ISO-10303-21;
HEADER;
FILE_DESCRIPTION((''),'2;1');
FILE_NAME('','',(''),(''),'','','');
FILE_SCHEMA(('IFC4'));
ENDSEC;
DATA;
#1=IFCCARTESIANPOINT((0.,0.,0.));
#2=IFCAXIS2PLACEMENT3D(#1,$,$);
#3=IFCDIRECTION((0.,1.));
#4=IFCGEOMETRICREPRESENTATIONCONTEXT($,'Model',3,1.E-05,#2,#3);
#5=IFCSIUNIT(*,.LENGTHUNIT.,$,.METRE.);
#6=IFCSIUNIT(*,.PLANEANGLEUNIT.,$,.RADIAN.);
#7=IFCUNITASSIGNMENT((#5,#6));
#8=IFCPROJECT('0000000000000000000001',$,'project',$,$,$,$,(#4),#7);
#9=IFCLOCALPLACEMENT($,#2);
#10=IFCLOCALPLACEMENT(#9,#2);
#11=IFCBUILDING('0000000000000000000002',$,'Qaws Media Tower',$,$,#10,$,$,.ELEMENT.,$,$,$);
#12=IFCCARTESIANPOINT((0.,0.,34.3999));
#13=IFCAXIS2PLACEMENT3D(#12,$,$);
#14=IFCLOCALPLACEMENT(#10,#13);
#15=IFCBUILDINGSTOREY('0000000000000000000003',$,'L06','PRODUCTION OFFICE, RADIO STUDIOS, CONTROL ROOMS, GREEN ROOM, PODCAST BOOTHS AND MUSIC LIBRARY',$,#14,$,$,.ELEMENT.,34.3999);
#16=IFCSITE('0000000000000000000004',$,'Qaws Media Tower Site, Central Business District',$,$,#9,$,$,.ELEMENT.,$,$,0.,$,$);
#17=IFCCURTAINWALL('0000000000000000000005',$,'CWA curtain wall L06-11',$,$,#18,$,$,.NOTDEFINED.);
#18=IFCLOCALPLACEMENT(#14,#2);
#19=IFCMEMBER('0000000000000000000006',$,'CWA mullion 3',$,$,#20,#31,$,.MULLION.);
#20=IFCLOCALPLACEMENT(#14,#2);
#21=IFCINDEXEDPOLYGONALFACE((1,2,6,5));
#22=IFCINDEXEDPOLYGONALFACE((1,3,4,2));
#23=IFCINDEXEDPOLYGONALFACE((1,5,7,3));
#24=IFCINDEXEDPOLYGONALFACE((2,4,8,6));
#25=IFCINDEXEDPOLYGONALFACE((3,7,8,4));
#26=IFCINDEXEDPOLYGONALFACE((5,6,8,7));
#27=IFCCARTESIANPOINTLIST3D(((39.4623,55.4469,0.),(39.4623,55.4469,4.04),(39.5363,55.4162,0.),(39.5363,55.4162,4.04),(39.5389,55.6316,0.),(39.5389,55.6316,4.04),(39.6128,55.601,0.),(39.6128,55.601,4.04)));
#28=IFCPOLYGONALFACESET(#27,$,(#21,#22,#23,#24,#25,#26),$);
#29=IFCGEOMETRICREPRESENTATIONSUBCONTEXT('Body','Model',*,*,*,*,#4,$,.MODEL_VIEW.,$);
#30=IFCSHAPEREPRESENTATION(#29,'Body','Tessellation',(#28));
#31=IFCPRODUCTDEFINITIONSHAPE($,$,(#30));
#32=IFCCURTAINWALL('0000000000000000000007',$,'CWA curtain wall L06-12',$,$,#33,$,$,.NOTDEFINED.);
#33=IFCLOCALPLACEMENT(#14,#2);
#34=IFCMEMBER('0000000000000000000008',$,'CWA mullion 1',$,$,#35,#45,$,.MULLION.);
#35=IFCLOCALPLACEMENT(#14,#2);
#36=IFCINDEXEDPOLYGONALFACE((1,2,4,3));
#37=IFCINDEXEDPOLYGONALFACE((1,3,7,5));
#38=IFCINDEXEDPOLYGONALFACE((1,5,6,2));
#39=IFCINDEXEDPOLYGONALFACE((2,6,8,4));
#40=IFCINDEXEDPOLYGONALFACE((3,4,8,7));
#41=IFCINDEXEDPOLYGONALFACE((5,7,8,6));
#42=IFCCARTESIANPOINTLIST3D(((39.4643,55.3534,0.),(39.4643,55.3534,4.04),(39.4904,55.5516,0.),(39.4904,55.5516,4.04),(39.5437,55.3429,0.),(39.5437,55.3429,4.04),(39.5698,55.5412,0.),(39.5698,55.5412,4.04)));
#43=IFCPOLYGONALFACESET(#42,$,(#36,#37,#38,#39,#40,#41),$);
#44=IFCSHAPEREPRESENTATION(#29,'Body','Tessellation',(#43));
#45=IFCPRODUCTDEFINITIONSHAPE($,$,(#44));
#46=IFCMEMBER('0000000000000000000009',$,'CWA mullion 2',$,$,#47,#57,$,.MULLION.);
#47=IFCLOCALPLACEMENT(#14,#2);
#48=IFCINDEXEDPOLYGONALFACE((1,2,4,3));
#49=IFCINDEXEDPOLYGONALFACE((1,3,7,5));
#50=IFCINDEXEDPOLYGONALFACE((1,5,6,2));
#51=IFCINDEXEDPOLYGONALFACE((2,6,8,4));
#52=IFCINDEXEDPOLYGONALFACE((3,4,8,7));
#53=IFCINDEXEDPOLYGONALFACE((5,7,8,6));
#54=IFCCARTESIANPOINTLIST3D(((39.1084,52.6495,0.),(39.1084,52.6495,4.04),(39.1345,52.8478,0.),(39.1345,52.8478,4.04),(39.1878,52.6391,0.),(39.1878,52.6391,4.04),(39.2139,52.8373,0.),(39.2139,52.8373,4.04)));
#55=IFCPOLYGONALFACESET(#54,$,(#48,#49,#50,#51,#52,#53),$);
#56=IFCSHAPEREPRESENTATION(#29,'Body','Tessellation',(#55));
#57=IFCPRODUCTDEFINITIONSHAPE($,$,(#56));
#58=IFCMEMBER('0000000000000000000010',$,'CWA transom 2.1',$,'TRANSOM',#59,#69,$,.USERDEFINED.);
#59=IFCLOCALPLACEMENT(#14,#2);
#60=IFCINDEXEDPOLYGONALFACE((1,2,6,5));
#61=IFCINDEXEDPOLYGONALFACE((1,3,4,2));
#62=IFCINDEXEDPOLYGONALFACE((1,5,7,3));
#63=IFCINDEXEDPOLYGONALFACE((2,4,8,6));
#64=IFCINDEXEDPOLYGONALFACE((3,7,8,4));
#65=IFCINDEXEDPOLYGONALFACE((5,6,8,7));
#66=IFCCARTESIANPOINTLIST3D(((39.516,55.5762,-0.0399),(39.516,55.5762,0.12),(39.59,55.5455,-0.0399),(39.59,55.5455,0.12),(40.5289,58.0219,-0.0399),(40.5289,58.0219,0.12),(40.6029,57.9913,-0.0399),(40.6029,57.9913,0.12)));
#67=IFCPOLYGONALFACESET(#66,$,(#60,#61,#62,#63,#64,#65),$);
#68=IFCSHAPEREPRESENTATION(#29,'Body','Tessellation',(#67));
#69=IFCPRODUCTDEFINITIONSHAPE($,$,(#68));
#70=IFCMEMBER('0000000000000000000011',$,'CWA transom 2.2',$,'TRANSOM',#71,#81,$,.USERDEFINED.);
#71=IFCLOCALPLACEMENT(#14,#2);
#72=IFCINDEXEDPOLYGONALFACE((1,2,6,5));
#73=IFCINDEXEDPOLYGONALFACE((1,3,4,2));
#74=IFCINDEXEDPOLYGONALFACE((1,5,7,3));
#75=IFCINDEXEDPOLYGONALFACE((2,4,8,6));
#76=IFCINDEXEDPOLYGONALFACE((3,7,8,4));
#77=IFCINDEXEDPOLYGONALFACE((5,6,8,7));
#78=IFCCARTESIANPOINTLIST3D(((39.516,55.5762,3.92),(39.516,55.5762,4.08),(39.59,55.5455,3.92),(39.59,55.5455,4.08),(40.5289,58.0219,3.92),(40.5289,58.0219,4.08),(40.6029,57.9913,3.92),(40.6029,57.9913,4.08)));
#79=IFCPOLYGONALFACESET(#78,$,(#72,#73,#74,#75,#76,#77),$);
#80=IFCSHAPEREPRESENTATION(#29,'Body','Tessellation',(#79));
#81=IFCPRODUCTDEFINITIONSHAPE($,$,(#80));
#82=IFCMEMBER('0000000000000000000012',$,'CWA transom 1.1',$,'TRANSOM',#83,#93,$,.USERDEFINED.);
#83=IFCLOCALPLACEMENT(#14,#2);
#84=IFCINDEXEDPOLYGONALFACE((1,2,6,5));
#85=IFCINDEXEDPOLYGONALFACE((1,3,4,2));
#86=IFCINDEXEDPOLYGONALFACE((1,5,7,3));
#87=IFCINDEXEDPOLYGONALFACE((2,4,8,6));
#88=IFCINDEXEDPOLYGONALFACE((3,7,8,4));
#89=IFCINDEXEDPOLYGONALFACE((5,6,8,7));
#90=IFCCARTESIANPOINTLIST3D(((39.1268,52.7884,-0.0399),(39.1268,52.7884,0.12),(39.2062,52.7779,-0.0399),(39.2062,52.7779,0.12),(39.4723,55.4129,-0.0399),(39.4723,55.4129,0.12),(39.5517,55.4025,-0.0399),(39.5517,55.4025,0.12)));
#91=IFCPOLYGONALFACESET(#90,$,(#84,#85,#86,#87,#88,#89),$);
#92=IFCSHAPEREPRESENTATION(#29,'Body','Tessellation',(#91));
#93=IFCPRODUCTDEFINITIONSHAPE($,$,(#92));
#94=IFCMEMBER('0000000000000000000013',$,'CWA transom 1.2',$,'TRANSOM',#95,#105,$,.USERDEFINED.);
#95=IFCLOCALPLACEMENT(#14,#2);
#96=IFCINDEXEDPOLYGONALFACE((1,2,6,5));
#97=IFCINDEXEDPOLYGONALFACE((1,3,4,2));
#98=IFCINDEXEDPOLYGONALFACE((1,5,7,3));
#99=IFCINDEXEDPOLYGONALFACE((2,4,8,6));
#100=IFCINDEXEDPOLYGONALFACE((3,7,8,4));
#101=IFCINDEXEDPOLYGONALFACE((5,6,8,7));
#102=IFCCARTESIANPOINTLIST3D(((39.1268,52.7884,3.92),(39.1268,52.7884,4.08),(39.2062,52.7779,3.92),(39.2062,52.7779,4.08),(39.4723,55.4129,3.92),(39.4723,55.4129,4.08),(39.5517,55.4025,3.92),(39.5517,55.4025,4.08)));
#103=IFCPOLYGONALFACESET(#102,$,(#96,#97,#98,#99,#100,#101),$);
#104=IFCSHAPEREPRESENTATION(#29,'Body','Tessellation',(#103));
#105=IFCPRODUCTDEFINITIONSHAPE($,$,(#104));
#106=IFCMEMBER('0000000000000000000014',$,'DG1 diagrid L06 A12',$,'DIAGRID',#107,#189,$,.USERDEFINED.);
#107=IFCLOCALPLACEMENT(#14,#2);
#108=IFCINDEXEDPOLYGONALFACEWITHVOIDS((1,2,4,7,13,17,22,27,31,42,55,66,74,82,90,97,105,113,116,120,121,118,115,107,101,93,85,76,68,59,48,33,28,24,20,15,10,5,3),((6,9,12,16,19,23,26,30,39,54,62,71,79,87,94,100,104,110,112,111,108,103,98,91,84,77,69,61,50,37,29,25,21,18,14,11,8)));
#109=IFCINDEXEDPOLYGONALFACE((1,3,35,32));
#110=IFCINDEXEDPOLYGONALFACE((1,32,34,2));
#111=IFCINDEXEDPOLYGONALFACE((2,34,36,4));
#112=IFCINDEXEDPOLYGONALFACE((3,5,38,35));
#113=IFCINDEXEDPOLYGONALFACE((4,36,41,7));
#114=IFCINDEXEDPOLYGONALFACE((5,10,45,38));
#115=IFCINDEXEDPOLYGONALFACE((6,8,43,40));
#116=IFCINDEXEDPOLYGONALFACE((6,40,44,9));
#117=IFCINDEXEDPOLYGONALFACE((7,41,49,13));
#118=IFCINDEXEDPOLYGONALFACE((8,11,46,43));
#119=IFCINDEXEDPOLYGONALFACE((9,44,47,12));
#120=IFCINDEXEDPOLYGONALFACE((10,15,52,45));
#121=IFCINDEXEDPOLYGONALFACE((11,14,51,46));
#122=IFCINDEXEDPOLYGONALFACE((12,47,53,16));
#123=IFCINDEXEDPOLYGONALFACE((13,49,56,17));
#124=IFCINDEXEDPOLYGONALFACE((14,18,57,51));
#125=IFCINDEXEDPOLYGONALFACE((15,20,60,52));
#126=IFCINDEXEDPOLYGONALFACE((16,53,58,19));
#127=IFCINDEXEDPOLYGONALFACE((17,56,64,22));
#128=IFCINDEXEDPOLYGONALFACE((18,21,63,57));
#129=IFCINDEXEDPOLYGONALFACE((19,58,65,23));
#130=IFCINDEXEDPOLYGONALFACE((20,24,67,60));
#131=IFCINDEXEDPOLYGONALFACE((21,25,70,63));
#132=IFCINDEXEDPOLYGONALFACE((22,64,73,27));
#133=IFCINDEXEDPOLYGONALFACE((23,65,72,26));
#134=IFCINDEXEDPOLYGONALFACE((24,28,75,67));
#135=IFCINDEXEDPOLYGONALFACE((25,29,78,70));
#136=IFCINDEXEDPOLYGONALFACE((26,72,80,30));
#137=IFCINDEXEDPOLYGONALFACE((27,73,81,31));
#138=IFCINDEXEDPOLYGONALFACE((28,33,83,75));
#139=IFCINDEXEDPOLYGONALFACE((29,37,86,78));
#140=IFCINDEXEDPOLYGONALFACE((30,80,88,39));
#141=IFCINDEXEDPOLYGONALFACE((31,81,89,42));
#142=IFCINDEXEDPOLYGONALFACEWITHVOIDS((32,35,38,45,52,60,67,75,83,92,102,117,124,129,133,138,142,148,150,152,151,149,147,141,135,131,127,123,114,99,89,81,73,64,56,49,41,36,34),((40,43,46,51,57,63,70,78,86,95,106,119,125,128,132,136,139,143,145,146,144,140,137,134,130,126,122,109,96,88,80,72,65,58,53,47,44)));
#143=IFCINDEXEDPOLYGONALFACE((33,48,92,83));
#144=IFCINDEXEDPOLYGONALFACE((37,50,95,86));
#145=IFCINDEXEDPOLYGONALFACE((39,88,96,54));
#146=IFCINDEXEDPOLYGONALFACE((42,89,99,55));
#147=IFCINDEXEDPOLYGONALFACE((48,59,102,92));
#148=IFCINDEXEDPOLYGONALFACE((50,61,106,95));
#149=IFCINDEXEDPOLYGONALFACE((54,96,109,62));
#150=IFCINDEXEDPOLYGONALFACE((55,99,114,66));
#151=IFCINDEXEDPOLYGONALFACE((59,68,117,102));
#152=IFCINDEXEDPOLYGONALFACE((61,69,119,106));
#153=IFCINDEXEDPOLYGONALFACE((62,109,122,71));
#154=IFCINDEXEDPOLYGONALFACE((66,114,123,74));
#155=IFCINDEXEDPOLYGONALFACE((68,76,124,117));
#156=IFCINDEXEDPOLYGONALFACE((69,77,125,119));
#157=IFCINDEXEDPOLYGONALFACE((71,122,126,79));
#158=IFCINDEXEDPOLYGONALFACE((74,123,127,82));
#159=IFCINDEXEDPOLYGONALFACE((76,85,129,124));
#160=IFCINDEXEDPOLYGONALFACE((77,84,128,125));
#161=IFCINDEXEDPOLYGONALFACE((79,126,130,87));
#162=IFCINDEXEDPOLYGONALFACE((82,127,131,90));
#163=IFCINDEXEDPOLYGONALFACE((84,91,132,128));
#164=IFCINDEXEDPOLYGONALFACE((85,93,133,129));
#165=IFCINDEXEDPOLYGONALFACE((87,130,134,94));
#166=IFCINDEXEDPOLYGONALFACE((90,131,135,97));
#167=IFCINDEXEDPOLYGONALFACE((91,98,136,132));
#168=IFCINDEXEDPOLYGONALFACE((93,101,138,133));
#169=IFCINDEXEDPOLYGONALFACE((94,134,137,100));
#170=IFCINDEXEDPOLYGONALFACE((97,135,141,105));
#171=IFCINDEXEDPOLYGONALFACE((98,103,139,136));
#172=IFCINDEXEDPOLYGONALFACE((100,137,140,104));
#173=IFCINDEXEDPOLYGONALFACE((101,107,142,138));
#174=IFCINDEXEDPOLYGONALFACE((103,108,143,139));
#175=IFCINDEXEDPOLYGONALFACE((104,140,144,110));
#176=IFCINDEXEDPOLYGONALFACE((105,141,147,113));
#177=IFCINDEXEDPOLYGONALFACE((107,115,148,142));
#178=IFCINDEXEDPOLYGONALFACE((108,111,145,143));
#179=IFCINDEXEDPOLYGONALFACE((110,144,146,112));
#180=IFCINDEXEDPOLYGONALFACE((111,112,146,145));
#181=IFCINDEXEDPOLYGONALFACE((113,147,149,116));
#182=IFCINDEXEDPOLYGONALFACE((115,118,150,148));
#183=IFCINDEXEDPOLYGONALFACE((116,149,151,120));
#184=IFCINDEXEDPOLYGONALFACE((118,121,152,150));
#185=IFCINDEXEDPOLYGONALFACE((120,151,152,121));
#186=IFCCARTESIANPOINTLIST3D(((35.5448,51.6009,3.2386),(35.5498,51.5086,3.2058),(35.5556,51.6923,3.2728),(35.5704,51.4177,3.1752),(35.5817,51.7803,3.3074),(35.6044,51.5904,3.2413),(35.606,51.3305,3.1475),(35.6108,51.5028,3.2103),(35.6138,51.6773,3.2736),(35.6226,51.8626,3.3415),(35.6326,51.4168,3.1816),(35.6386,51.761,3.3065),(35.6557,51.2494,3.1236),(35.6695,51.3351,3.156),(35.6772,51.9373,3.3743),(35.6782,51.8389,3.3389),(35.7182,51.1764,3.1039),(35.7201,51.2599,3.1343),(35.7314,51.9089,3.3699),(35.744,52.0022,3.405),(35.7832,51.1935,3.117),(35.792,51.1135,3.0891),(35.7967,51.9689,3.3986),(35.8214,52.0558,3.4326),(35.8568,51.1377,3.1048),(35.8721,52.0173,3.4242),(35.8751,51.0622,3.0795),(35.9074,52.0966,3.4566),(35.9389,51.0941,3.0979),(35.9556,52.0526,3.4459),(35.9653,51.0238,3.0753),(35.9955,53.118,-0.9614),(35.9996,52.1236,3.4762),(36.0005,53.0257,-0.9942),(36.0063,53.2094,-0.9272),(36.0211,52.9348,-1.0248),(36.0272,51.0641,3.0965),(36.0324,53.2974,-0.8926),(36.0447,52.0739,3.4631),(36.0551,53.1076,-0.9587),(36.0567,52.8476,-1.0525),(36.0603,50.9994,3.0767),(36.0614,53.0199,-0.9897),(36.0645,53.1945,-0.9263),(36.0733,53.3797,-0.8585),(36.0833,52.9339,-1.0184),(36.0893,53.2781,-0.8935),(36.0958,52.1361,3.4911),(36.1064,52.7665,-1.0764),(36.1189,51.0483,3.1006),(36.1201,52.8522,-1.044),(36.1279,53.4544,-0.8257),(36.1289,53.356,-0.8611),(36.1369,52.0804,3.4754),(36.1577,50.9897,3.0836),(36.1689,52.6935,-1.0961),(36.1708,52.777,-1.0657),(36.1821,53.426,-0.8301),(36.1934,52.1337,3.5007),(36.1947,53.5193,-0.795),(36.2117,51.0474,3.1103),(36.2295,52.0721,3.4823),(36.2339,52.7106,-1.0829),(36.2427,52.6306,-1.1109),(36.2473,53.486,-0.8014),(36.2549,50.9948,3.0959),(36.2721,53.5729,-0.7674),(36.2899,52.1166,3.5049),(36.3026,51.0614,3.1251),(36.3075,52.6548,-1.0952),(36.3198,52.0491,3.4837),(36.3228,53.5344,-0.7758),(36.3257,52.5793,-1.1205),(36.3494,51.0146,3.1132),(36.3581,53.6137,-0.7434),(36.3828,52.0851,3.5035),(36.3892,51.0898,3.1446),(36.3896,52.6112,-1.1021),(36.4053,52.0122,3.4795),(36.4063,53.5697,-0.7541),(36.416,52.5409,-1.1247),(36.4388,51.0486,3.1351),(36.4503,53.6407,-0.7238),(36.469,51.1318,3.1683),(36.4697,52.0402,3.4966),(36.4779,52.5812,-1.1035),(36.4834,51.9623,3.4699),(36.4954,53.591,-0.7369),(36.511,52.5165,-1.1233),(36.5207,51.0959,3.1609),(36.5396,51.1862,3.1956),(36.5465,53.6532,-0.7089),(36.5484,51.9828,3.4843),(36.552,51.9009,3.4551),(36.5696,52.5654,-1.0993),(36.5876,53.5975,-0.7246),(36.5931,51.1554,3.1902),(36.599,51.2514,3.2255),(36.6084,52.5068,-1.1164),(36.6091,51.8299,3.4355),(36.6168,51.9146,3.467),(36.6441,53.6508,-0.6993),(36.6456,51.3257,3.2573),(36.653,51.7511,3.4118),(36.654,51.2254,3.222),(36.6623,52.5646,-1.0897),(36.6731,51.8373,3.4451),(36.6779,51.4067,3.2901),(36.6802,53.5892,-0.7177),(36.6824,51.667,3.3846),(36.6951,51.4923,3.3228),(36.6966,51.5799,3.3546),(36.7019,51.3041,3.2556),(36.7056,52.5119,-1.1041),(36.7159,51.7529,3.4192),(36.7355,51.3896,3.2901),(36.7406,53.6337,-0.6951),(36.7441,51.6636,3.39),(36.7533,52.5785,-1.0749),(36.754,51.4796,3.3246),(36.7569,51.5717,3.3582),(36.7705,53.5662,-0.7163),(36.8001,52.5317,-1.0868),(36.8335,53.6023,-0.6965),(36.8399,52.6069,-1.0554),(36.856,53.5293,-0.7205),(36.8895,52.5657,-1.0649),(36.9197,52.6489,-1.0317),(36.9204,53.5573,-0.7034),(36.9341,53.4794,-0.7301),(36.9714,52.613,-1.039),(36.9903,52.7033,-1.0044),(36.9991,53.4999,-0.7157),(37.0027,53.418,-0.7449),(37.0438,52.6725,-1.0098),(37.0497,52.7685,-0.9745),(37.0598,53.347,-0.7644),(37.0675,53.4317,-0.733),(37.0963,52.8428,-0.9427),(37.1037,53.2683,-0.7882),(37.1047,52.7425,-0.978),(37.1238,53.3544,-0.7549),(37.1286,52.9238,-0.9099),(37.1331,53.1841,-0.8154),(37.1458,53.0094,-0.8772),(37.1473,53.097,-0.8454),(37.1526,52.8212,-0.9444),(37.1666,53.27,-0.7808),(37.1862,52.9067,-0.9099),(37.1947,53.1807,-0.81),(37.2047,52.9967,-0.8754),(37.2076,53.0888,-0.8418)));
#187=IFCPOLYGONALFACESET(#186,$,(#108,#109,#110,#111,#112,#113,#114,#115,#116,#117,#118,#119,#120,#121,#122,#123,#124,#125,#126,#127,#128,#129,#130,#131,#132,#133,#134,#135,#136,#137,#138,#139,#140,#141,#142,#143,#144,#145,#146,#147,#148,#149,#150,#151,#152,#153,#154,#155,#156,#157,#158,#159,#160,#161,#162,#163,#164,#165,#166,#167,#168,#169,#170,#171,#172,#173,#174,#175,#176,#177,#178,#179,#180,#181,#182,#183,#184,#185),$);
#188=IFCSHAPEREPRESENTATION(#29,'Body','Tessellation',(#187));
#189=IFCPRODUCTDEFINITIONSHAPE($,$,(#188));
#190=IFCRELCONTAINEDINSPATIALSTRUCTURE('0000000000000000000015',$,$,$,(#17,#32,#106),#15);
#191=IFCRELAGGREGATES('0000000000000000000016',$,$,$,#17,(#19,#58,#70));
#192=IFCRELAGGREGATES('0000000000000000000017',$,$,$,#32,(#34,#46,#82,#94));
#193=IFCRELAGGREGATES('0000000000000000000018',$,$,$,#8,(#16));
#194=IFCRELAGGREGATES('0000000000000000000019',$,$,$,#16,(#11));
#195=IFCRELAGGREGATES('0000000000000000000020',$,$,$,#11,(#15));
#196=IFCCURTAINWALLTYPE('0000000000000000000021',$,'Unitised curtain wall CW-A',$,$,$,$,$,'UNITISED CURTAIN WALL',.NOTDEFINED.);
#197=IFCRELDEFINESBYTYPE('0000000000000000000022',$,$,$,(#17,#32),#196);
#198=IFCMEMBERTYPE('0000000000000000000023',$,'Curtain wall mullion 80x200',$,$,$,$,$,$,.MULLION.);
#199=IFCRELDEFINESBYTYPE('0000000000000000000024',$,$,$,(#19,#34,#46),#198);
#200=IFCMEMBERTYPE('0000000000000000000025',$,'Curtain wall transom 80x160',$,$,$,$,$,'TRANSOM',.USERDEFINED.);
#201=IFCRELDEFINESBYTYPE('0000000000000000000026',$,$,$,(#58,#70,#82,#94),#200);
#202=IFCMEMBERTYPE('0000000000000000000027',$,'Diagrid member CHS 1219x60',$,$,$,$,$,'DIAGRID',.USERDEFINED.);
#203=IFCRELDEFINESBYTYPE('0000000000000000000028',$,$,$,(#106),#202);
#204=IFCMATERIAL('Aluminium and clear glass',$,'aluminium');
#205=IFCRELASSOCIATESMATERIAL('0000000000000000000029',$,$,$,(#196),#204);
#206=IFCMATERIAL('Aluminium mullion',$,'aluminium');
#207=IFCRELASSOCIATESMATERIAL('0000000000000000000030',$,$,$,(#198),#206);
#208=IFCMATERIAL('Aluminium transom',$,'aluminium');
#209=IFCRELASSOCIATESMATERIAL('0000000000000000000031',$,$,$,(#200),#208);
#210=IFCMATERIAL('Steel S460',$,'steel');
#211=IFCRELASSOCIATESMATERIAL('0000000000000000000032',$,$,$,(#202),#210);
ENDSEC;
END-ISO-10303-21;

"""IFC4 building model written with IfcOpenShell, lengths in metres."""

from ifc_helpers import new_model, si_unit, direction, frame, origin, origin_2d, place, context, subcontext, project, spatial, rectangle, hollow_circle, extrude, material, material_profile, profile_set, type_object, element, aggregate, save


model = new_model("IFC4")

# Units and contexts
model_context = context("Model", 3, precision=1e-05, world=origin(), true_north=direction((0.0, 1.0)))
body_context = subcontext(model_context, "Body", "Model", "MODEL_VIEW")
ifc_project = project(units=[si_unit("LENGTHUNIT", "METRE"), si_unit("PLANEANGLEUNIT", "RADIAN")], contexts=[model_context])

# Site, building, storey
site_placement = place(None, origin())
site = spatial("IfcSite", under=ifc_project, at=site_placement, Name="Qaws Media Tower Site, Central Business District", CompositionType="ELEMENT", RefElevation=0.0)
building_placement = place(site_placement, origin())
building = spatial("IfcBuilding", under=site, at=building_placement, Name="Qaws Media Tower", CompositionType="ELEMENT")
storey_placement = place(building_placement, frame((0.0, 0.0, 34.3999)))
storey = spatial("IfcBuildingStorey", under=building, at=storey_placement, Name="L06", Description="PRODUCTION OFFICE, RADIO STUDIOS, CONTROL ROOMS, GREEN ROOM, PODCAST BOOTHS AND MUSIC LIBRARY", CompositionType="ELEMENT", Elevation=34.3999)

# Curtain wall, member
ifc_material_1 = material(Name="Aluminium and clear glass", Category="aluminium")
curtain_wall_type = type_object("IfcCurtainWallType", Name="Unitised curtain wall CW-A", ElementType="UNITISED CURTAIN WALL", PredefinedType="NOTDEFINED", material=ifc_material_1)
curtain_wall_1_placement = place(storey_placement, origin())
curtain_wall_1 = element("IfcCurtainWall", 1, at=curtain_wall_1_placement, inside=storey, type_object=curtain_wall_type, Name="CWA curtain wall L06-11", PredefinedType="NOTDEFINED")
ifc_material_2 = material(Name="Aluminium mullion", Category="aluminium")
ifc_material_profile_1 = material_profile(ifc_material_2, rectangle(XDim=0.0801, YDim=0.2, at=origin_2d()), Name="80x200")
ifc_profile_set_1 = profile_set([ifc_material_profile_1], Name="Aluminium mullion")
member_type_1 = type_object("IfcMemberType", Name="Curtain wall mullion 80x200", PredefinedType="MULLION", material=ifc_profile_set_1)
member_1_placement = place(storey_placement, frame((39.5376, 55.5239, 0.0), z_axis=(0.0, 0.0, 1.0), x_axis=(0.92388, -0.382683, 0.0)))
member_1 = element("IfcMember", 2, at=member_1_placement, type_object=member_type_1, Name="CWA mullion 3", PredefinedType="MULLION", context=body_context, shape_type="SweptSolid", body=[
    extrude(rectangle(XDim=0.0801, YDim=0.2, at=origin_2d()), origin(), (0.0, 0.0, 1.0), 4.04),
])

# Curtain wall, members
curtain_wall_2_placement = place(storey_placement, origin())
curtain_wall_2 = element("IfcCurtainWall", 3, at=curtain_wall_2_placement, inside=storey, type_object=curtain_wall_type, Name="CWA curtain wall L06-12", PredefinedType="NOTDEFINED")
member_2_placement = place(storey_placement, frame((39.5171, 55.4473, 0.0), z_axis=(0.0, 0.0, 1.0), x_axis=(0.991445, -0.130526, 0.0)))
member_2 = element("IfcMember", 4, at=member_2_placement, type_object=member_type_1, Name="CWA mullion 1", PredefinedType="MULLION", context=body_context, shape_type="SweptSolid", body=[
    extrude(rectangle(XDim=0.0801, YDim=0.2, at=origin_2d()), origin(), (0.0, 0.0, 1.0), 4.04),
])
member_3_placement = place(storey_placement, frame((39.1611, 52.7434, 0.0), z_axis=(0.0, 0.0, 1.0), x_axis=(0.991445, -0.130526, 0.0)))
member_3 = element("IfcMember", 5, at=member_3_placement, type_object=member_type_1, Name="CWA mullion 2", PredefinedType="MULLION", context=body_context, shape_type="SweptSolid", body=[
    extrude(rectangle(XDim=0.0801, YDim=0.2, at=origin_2d()), origin(), (0.0, 0.0, 1.0), 4.04),
])

# Members
ifc_material_3 = material(Name="Aluminium transom", Category="aluminium")
ifc_material_profile_2 = material_profile(ifc_material_3, rectangle(XDim=0.0801, YDim=0.1599, at=origin_2d()), Name="80x160")
ifc_profile_set_2 = profile_set([ifc_material_profile_2], Name="Aluminium transom")
member_type_2 = type_object("IfcMemberType", Name="Curtain wall transom 80x160", ElementType="TRANSOM", PredefinedType="USERDEFINED", material=ifc_profile_set_2)
member_4_placement = place(storey_placement, frame((40.5659, 58.0066, 0.04), z_axis=(-0.382637, -0.923899, 0.0), x_axis=(0.923899, -0.382637, 0.0)))
member_4 = element("IfcMember", 6, at=member_4_placement, type_object=member_type_2, Name="CWA transom 2.1", ObjectType="TRANSOM", PredefinedType="USERDEFINED", context=body_context, shape_type="SweptSolid", body=[
    extrude(rectangle(XDim=0.0801, YDim=0.1599, at=origin_2d()), origin(), (0.0, 0.0, 1.0), 2.6472),
])
member_5_placement = place(storey_placement, frame((40.5659, 58.0066, 4.0), z_axis=(-0.382637, -0.923899, 0.0), x_axis=(0.923899, -0.382637, 0.0)))
member_5 = element("IfcMember", 7, at=member_5_placement, type_object=member_type_2, Name="CWA transom 2.2", ObjectType="TRANSOM", PredefinedType="USERDEFINED", context=body_context, shape_type="SweptSolid", body=[
    extrude(rectangle(XDim=0.0801, YDim=0.1599, at=origin_2d()), origin(), (0.0, 0.0, 1.0), 2.6472),
])
member_6_placement = place(storey_placement, frame((39.512, 55.4077, 0.04), z_axis=(-0.130502, -0.991448, 0.0), x_axis=(0.991448, -0.130502, 0.0)))
member_6 = element("IfcMember", 8, at=member_6_placement, type_object=member_type_2, Name="CWA transom 1.1", ObjectType="TRANSOM", PredefinedType="USERDEFINED", context=body_context, shape_type="SweptSolid", body=[
    extrude(rectangle(XDim=0.0801, YDim=0.1599, at=origin_2d()), origin(), (0.0, 0.0, 1.0), 2.6472),
])
member_7_placement = place(storey_placement, frame((39.512, 55.4077, 4.0), z_axis=(-0.130502, -0.991448, 0.0), x_axis=(0.991448, -0.130502, 0.0)))
member_7 = element("IfcMember", 9, at=member_7_placement, type_object=member_type_2, Name="CWA transom 1.2", ObjectType="TRANSOM", PredefinedType="USERDEFINED", context=body_context, shape_type="SweptSolid", body=[
    extrude(rectangle(XDim=0.0801, YDim=0.1599, at=origin_2d()), origin(), (0.0, 0.0, 1.0), 2.6472),
])

# Member
ifc_material_4 = material(Name="Steel S460", Category="steel")
ifc_material_profile_3 = material_profile(ifc_material_4, hollow_circle(Radius=0.6096, WallThickness=0.0601, at=origin_2d()), Name="CHS 1219x60")
ifc_profile_set_3 = profile_set([ifc_material_profile_3], Name="Steel S460")
member_type_3 = type_object("IfcMemberType", Name="Diagrid member CHS 1219x60", ElementType="DIAGRID", PredefinedType="USERDEFINED", material=ifc_profile_set_3)
for number, where, z_axis, x_axis, name in (
    (10, (36.6018, 53.0803, -0.9099), (-0.100414, -0.338015, 0.935769), (0.958596, -0.284771, 0.0), "DG1 diagrid L06 A12"),
):
    element("IfcMember", number, at=place(storey_placement, frame(where, z_axis=z_axis, x_axis=x_axis)), inside=storey, type_object=member_type_3, Name=name, ObjectType="DIAGRID", PredefinedType="USERDEFINED", context=body_context, shape_type="SweptSolid", body=[
        extrude(hollow_circle(Radius=0.6096, WallThickness=0.0601, at=origin_2d()), origin(), (0.0, 0.0, 1.0), 4.4883),
    ])

aggregate(curtain_wall_1, [member_1, member_4, member_5])
aggregate(curtain_wall_2, [member_2, member_3, member_6, member_7])

save(model, "model.ifc")
